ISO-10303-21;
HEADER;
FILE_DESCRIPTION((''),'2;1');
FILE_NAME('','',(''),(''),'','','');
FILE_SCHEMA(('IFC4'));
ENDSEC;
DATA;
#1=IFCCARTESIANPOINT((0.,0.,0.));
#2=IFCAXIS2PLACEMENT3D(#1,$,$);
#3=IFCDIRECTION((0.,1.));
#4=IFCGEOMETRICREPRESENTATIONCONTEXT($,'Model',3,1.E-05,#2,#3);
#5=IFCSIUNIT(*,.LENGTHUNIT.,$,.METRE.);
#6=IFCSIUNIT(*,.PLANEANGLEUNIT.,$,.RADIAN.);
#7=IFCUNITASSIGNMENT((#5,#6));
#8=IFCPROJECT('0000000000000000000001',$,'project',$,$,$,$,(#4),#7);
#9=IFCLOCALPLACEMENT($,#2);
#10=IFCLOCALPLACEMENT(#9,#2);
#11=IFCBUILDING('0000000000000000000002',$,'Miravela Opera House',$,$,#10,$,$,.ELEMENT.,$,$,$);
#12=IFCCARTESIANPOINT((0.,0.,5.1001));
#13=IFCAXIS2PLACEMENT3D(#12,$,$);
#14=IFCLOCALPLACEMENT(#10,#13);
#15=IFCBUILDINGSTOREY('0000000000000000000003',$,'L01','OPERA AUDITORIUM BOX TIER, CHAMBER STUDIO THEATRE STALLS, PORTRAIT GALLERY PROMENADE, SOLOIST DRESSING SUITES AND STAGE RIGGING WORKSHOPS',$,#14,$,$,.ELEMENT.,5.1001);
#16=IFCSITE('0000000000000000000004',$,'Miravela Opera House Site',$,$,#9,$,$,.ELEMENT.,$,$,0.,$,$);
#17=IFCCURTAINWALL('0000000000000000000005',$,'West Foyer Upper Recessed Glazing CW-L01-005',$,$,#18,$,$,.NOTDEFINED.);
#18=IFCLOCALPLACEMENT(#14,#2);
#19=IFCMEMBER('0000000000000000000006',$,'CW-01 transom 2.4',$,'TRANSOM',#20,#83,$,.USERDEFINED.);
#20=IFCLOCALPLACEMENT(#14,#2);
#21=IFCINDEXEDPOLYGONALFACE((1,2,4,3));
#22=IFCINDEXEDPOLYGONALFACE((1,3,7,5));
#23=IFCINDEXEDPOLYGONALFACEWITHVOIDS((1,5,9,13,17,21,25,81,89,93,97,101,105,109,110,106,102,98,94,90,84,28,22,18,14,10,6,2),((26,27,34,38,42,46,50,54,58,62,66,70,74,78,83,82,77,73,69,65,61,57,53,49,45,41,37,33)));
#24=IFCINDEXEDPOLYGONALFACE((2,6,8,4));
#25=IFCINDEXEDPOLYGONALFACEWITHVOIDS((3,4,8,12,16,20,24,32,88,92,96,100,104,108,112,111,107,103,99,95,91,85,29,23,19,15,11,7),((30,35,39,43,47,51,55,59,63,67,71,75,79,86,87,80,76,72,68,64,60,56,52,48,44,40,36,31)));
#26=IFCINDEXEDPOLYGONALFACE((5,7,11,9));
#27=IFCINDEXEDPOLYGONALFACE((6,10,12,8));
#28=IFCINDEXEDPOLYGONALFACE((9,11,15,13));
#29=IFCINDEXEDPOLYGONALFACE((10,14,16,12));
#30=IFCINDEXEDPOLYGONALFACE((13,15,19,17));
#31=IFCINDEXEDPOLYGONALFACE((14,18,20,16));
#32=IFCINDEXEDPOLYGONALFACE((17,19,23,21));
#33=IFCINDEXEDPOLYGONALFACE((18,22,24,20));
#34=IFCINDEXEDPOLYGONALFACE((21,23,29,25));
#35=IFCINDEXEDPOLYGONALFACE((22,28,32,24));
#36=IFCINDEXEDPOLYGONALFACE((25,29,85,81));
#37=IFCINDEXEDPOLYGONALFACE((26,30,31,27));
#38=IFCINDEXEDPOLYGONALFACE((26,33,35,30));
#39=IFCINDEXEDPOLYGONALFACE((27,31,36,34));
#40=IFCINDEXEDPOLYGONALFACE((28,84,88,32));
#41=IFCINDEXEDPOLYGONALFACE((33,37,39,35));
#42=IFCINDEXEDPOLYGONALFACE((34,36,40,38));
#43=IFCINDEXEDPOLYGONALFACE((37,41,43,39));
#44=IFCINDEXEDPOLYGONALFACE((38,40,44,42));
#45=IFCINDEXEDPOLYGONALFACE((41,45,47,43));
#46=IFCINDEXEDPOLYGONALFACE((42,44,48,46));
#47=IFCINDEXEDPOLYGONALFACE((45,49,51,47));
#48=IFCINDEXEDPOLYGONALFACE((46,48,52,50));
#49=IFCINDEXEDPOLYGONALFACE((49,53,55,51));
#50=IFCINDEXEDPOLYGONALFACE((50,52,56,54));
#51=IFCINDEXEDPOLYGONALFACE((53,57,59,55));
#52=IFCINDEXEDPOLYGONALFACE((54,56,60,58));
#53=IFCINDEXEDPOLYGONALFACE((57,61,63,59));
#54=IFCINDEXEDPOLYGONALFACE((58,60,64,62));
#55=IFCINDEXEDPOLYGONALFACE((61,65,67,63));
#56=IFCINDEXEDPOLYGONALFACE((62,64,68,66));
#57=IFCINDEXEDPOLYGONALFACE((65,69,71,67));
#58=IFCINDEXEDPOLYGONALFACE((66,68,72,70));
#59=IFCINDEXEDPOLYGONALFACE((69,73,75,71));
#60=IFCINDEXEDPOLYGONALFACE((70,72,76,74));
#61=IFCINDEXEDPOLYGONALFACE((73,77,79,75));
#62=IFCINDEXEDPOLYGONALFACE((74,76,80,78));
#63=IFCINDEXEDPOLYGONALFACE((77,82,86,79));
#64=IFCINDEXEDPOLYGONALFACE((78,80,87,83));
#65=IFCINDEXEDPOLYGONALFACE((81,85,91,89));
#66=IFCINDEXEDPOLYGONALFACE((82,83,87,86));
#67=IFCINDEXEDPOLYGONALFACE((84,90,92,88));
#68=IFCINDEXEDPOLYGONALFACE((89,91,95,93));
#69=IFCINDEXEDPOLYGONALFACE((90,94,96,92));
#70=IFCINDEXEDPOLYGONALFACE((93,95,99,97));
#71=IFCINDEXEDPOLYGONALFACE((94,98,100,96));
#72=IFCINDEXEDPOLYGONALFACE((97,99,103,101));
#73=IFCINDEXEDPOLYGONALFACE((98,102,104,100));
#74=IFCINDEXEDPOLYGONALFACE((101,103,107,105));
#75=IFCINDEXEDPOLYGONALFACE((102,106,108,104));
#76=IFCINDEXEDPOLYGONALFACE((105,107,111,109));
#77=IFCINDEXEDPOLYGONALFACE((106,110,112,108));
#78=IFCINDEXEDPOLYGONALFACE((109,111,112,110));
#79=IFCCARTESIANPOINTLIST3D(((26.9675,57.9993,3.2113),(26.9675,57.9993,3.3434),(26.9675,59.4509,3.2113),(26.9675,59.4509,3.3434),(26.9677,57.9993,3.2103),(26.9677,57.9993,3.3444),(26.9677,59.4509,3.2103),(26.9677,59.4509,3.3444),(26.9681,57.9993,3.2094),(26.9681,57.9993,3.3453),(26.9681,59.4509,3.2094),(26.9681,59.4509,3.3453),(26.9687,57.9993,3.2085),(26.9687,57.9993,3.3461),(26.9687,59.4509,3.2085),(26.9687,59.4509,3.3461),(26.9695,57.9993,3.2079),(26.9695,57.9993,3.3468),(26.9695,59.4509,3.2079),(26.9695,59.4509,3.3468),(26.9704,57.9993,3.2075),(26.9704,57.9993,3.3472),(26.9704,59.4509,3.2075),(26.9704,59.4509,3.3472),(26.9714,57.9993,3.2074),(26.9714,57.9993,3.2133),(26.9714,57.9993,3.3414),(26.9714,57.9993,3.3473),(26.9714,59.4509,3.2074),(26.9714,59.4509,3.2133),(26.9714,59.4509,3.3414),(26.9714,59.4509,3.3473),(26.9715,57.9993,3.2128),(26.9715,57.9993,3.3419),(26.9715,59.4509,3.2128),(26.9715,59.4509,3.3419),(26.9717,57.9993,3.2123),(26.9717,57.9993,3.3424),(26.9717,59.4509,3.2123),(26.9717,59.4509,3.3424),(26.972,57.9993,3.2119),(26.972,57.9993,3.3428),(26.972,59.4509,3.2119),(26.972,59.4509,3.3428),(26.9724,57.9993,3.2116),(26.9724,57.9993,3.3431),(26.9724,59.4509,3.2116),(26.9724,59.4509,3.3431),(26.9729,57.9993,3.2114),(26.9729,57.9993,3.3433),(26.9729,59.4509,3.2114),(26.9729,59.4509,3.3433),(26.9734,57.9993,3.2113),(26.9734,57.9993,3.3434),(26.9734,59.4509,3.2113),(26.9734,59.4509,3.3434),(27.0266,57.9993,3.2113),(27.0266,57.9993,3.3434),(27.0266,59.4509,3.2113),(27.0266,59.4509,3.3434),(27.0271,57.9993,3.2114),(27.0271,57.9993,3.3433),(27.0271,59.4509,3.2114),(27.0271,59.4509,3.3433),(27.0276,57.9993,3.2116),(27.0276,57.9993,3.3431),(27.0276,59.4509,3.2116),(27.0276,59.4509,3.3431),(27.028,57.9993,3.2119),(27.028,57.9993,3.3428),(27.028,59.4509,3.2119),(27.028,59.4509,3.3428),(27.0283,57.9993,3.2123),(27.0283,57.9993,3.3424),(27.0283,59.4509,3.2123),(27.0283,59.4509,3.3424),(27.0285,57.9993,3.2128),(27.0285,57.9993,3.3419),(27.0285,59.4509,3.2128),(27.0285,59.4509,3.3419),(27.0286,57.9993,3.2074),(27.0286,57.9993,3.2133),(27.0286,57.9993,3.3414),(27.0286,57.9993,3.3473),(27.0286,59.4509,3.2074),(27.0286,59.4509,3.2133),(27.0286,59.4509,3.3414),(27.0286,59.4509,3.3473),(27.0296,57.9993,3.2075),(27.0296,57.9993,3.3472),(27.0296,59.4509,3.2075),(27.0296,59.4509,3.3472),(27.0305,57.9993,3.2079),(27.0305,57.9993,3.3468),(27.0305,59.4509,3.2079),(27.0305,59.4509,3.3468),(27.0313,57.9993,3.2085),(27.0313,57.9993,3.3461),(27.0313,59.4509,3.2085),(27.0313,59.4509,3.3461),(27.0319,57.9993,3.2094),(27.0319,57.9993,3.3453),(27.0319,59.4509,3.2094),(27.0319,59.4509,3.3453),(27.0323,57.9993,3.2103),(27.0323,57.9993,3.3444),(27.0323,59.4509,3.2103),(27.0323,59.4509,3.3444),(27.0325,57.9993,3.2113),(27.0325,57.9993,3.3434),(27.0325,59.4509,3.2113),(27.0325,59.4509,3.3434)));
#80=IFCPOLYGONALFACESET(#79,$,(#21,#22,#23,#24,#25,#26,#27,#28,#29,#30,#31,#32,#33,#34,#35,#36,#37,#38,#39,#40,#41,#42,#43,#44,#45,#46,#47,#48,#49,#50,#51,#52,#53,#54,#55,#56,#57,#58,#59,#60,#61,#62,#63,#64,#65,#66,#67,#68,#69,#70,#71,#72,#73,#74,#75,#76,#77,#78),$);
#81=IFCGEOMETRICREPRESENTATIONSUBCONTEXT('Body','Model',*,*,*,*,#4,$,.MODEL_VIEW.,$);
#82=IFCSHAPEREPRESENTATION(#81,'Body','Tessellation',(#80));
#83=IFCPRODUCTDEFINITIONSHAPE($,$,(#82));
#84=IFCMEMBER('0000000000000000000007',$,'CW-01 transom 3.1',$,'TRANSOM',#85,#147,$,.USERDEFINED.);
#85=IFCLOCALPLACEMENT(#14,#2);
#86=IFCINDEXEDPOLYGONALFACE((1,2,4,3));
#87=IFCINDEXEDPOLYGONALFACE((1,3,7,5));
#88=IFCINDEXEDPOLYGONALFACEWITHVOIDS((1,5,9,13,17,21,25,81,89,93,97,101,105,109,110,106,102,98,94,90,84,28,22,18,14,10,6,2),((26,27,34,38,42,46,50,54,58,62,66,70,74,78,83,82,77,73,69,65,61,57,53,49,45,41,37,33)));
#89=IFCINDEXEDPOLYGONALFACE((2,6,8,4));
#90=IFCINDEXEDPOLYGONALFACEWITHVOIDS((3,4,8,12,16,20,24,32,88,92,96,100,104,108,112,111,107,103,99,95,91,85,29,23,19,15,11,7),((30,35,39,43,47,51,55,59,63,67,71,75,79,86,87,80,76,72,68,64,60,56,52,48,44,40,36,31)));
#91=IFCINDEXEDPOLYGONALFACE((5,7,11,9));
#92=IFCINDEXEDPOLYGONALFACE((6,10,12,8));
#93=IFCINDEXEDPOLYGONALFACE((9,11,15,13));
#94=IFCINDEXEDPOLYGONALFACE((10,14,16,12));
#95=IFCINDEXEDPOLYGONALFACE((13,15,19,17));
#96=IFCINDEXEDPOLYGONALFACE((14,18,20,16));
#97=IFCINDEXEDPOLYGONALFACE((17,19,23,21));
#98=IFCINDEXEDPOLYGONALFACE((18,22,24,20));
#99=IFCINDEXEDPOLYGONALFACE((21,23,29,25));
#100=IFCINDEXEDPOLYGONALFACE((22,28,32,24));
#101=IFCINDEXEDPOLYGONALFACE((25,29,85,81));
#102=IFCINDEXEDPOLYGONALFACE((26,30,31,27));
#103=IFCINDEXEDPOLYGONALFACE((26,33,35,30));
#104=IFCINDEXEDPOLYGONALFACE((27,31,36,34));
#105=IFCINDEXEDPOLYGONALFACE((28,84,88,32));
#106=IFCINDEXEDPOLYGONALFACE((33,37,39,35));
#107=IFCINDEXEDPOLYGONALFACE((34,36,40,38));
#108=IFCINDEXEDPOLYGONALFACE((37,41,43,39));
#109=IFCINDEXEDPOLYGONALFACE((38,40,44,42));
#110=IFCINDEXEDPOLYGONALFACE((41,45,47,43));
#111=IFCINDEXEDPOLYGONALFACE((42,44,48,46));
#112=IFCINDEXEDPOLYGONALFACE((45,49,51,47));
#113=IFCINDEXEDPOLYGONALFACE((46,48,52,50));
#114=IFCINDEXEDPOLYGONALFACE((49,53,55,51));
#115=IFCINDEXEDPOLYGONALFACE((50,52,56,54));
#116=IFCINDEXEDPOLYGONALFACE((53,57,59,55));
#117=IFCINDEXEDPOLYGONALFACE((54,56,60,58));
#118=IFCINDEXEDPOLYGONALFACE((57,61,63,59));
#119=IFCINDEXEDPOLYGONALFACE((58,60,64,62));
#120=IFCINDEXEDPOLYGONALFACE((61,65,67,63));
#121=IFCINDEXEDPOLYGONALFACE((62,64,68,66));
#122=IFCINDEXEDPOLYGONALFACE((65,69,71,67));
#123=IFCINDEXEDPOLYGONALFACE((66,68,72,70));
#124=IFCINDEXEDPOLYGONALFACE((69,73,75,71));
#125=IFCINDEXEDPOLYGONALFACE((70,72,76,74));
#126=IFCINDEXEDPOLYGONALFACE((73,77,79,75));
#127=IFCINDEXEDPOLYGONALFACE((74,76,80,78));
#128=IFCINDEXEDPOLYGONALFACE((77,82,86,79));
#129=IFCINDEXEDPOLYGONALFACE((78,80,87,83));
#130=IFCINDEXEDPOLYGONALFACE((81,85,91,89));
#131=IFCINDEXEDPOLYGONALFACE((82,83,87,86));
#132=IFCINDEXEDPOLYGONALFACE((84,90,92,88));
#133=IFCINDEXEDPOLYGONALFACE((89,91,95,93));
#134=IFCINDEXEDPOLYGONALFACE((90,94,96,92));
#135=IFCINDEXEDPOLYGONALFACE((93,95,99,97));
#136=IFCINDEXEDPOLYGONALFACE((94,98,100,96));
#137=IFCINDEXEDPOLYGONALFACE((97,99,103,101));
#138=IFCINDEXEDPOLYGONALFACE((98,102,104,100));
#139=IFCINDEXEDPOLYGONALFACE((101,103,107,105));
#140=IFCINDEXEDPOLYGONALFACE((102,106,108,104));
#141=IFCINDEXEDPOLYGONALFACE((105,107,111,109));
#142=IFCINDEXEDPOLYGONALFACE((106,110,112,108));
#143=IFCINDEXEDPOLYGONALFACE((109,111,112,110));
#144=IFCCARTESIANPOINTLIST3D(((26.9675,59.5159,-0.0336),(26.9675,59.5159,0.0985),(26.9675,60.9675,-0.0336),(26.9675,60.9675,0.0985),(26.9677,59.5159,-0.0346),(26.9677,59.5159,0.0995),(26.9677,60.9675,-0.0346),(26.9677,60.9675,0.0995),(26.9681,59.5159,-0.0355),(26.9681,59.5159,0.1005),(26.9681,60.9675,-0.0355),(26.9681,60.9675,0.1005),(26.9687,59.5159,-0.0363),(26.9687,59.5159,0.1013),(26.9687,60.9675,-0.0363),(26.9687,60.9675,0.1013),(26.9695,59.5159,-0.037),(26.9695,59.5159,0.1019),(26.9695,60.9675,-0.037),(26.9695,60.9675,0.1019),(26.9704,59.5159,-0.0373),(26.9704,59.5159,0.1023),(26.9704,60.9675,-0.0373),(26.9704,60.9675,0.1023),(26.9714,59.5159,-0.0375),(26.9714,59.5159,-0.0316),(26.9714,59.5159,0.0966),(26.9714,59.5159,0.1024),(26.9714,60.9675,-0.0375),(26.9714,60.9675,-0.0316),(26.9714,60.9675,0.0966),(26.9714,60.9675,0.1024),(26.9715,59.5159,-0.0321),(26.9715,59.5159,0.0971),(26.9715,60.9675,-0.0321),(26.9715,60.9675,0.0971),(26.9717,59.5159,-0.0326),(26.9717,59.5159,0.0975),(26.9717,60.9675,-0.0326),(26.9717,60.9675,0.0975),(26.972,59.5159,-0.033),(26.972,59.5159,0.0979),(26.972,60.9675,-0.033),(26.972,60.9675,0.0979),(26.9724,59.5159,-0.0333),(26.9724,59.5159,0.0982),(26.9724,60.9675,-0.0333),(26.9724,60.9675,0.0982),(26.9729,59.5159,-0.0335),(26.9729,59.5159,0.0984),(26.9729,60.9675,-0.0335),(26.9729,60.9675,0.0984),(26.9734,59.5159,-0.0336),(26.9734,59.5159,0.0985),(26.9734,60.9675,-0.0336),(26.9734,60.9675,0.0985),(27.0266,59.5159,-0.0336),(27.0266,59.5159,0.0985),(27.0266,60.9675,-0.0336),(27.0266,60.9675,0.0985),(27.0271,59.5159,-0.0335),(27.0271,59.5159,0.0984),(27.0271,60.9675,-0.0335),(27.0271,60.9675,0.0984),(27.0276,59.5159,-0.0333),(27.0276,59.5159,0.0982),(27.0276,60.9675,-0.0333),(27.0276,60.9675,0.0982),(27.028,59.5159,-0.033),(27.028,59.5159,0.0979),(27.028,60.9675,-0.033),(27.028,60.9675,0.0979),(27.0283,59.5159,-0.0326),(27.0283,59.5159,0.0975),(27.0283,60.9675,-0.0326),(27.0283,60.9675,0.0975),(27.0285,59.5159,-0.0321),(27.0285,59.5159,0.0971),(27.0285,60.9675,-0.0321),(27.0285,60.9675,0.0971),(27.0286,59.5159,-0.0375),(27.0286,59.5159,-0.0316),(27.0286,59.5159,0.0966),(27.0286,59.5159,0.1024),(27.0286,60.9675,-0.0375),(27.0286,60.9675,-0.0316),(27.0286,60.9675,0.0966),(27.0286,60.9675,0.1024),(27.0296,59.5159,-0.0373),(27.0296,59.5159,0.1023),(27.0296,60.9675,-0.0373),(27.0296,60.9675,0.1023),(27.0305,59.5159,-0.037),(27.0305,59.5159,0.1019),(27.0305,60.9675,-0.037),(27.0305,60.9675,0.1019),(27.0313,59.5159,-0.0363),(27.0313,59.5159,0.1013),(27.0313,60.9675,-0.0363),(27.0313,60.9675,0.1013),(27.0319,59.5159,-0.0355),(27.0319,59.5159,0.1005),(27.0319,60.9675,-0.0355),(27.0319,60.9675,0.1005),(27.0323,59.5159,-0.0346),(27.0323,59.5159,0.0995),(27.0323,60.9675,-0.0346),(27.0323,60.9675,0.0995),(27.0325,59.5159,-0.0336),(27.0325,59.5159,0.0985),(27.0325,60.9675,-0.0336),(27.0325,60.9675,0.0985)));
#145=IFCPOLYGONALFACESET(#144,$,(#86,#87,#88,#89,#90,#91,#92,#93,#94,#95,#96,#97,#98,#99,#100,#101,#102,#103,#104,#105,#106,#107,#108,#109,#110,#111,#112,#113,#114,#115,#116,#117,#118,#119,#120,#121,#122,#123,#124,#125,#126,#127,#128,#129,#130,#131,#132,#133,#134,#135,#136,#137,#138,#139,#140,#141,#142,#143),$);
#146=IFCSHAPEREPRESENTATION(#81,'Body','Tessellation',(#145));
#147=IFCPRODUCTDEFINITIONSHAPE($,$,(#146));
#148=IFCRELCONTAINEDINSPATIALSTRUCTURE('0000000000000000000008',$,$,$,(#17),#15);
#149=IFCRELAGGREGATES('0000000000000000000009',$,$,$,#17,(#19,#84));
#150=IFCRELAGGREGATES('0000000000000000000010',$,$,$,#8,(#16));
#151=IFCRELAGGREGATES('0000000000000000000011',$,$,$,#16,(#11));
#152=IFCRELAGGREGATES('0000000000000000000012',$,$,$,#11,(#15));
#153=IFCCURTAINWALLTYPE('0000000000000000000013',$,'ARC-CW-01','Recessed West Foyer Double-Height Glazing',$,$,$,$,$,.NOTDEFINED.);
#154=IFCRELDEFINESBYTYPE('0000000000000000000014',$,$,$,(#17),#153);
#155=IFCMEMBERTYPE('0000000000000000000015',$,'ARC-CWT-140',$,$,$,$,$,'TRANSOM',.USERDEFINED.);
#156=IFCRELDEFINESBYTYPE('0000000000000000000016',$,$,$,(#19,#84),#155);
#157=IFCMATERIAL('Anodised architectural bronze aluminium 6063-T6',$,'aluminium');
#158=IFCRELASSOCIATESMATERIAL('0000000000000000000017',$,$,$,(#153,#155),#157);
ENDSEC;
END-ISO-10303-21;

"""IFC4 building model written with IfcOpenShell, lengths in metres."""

from ifc_helpers import new_model, si_unit, direction, frame, origin, origin_2d, place, context, subcontext, project, spatial, hollow_rectangle, extrude, material, material_profile, profile_set, type_object, element, aggregate, save


model = new_model("IFC4")

# Units and contexts
model_context = context("Model", 3, precision=1e-05, world=origin(), true_north=direction((0.0, 1.0)))
body_context = subcontext(model_context, "Body", "Model", "MODEL_VIEW")
ifc_project = project(units=[si_unit("LENGTHUNIT", "METRE"), si_unit("PLANEANGLEUNIT", "RADIAN")], contexts=[model_context])

# Site, building, storey
site_placement = place(None, origin())
site = spatial("IfcSite", under=ifc_project, at=site_placement, Name="Miravela Opera House Site", CompositionType="ELEMENT", RefElevation=0.0)
building_placement = place(site_placement, origin())
building = spatial("IfcBuilding", under=site, at=building_placement, Name="Miravela Opera House", CompositionType="ELEMENT")
storey_placement = place(building_placement, frame((0.0, 0.0, 5.1001)))
storey = spatial("IfcBuildingStorey", under=building, at=storey_placement, Name="L01", Description="OPERA AUDITORIUM BOX TIER, CHAMBER STUDIO THEATRE STALLS, PORTRAIT GALLERY PROMENADE, SOLOIST DRESSING SUITES AND STAGE RIGGING WORKSHOPS", CompositionType="ELEMENT", Elevation=5.1001)

# Curtain wall, members
ifc_material_1 = material(Name="Anodised architectural bronze aluminium 6063-T6", Category="aluminium")
curtain_wall_type = type_object("IfcCurtainWallType", Name="ARC-CW-01", Description="Recessed West Foyer Double-Height Glazing", PredefinedType="NOTDEFINED", material=ifc_material_1)
curtain_wall_placement = place(storey_placement, origin())
curtain_wall = element("IfcCurtainWall", 1, at=curtain_wall_placement, inside=storey, type_object=curtain_wall_type, Name="West Foyer Upper Recessed Glazing CW-L01-005", PredefinedType="NOTDEFINED")
ifc_material_profile_1 = material_profile(ifc_material_1, hollow_rectangle(XDim=0.0649, YDim=0.1399, WallThickness=0.0039, InnerFilletRadius=0.002, OuterFilletRadius=0.0039, at=origin_2d()), Name="CWT-65X140")
ifc_profile_set_1 = profile_set([ifc_material_profile_1])
member_type_1 = type_object("IfcMemberType", Name="ARC-CWT-140", ElementType="TRANSOM", PredefinedType="USERDEFINED", material=ifc_profile_set_1)
member_1_placement = place(storey_placement, frame((27.0, 57.9993, 3.2773), z_axis=(0.0, 1.0, 0.0), x_axis=(-1.0, 0.0, 0.0)))
member_1 = element("IfcMember", 2, at=member_1_placement, type_object=member_type_1, Name="CW-01 transom 2.4", ObjectType="TRANSOM", PredefinedType="USERDEFINED", context=body_context, shape_type="SweptSolid", body=[
    extrude(hollow_rectangle(XDim=0.0649, YDim=0.1399, WallThickness=0.0039, InnerFilletRadius=0.002, OuterFilletRadius=0.0039, at=origin_2d()), origin(), (0.0, 0.0, 1.0), 1.4517),
])
member_2_placement = place(storey_placement, frame((27.0, 59.5159, 0.0325), z_axis=(0.0, 1.0, 0.0), x_axis=(-1.0, 0.0, 0.0)))
member_2 = element("IfcMember", 3, at=member_2_placement, type_object=member_type_1, Name="CW-01 transom 3.1", ObjectType="TRANSOM", PredefinedType="USERDEFINED", context=body_context, shape_type="SweptSolid", body=[
    extrude(hollow_rectangle(XDim=0.0649, YDim=0.1399, WallThickness=0.0039, InnerFilletRadius=0.002, OuterFilletRadius=0.0039, at=origin_2d()), origin(), (0.0, 0.0, 1.0), 1.4517),
])
aggregate(curtain_wall, [member_1, member_2])

save(model, "model.ifc")
